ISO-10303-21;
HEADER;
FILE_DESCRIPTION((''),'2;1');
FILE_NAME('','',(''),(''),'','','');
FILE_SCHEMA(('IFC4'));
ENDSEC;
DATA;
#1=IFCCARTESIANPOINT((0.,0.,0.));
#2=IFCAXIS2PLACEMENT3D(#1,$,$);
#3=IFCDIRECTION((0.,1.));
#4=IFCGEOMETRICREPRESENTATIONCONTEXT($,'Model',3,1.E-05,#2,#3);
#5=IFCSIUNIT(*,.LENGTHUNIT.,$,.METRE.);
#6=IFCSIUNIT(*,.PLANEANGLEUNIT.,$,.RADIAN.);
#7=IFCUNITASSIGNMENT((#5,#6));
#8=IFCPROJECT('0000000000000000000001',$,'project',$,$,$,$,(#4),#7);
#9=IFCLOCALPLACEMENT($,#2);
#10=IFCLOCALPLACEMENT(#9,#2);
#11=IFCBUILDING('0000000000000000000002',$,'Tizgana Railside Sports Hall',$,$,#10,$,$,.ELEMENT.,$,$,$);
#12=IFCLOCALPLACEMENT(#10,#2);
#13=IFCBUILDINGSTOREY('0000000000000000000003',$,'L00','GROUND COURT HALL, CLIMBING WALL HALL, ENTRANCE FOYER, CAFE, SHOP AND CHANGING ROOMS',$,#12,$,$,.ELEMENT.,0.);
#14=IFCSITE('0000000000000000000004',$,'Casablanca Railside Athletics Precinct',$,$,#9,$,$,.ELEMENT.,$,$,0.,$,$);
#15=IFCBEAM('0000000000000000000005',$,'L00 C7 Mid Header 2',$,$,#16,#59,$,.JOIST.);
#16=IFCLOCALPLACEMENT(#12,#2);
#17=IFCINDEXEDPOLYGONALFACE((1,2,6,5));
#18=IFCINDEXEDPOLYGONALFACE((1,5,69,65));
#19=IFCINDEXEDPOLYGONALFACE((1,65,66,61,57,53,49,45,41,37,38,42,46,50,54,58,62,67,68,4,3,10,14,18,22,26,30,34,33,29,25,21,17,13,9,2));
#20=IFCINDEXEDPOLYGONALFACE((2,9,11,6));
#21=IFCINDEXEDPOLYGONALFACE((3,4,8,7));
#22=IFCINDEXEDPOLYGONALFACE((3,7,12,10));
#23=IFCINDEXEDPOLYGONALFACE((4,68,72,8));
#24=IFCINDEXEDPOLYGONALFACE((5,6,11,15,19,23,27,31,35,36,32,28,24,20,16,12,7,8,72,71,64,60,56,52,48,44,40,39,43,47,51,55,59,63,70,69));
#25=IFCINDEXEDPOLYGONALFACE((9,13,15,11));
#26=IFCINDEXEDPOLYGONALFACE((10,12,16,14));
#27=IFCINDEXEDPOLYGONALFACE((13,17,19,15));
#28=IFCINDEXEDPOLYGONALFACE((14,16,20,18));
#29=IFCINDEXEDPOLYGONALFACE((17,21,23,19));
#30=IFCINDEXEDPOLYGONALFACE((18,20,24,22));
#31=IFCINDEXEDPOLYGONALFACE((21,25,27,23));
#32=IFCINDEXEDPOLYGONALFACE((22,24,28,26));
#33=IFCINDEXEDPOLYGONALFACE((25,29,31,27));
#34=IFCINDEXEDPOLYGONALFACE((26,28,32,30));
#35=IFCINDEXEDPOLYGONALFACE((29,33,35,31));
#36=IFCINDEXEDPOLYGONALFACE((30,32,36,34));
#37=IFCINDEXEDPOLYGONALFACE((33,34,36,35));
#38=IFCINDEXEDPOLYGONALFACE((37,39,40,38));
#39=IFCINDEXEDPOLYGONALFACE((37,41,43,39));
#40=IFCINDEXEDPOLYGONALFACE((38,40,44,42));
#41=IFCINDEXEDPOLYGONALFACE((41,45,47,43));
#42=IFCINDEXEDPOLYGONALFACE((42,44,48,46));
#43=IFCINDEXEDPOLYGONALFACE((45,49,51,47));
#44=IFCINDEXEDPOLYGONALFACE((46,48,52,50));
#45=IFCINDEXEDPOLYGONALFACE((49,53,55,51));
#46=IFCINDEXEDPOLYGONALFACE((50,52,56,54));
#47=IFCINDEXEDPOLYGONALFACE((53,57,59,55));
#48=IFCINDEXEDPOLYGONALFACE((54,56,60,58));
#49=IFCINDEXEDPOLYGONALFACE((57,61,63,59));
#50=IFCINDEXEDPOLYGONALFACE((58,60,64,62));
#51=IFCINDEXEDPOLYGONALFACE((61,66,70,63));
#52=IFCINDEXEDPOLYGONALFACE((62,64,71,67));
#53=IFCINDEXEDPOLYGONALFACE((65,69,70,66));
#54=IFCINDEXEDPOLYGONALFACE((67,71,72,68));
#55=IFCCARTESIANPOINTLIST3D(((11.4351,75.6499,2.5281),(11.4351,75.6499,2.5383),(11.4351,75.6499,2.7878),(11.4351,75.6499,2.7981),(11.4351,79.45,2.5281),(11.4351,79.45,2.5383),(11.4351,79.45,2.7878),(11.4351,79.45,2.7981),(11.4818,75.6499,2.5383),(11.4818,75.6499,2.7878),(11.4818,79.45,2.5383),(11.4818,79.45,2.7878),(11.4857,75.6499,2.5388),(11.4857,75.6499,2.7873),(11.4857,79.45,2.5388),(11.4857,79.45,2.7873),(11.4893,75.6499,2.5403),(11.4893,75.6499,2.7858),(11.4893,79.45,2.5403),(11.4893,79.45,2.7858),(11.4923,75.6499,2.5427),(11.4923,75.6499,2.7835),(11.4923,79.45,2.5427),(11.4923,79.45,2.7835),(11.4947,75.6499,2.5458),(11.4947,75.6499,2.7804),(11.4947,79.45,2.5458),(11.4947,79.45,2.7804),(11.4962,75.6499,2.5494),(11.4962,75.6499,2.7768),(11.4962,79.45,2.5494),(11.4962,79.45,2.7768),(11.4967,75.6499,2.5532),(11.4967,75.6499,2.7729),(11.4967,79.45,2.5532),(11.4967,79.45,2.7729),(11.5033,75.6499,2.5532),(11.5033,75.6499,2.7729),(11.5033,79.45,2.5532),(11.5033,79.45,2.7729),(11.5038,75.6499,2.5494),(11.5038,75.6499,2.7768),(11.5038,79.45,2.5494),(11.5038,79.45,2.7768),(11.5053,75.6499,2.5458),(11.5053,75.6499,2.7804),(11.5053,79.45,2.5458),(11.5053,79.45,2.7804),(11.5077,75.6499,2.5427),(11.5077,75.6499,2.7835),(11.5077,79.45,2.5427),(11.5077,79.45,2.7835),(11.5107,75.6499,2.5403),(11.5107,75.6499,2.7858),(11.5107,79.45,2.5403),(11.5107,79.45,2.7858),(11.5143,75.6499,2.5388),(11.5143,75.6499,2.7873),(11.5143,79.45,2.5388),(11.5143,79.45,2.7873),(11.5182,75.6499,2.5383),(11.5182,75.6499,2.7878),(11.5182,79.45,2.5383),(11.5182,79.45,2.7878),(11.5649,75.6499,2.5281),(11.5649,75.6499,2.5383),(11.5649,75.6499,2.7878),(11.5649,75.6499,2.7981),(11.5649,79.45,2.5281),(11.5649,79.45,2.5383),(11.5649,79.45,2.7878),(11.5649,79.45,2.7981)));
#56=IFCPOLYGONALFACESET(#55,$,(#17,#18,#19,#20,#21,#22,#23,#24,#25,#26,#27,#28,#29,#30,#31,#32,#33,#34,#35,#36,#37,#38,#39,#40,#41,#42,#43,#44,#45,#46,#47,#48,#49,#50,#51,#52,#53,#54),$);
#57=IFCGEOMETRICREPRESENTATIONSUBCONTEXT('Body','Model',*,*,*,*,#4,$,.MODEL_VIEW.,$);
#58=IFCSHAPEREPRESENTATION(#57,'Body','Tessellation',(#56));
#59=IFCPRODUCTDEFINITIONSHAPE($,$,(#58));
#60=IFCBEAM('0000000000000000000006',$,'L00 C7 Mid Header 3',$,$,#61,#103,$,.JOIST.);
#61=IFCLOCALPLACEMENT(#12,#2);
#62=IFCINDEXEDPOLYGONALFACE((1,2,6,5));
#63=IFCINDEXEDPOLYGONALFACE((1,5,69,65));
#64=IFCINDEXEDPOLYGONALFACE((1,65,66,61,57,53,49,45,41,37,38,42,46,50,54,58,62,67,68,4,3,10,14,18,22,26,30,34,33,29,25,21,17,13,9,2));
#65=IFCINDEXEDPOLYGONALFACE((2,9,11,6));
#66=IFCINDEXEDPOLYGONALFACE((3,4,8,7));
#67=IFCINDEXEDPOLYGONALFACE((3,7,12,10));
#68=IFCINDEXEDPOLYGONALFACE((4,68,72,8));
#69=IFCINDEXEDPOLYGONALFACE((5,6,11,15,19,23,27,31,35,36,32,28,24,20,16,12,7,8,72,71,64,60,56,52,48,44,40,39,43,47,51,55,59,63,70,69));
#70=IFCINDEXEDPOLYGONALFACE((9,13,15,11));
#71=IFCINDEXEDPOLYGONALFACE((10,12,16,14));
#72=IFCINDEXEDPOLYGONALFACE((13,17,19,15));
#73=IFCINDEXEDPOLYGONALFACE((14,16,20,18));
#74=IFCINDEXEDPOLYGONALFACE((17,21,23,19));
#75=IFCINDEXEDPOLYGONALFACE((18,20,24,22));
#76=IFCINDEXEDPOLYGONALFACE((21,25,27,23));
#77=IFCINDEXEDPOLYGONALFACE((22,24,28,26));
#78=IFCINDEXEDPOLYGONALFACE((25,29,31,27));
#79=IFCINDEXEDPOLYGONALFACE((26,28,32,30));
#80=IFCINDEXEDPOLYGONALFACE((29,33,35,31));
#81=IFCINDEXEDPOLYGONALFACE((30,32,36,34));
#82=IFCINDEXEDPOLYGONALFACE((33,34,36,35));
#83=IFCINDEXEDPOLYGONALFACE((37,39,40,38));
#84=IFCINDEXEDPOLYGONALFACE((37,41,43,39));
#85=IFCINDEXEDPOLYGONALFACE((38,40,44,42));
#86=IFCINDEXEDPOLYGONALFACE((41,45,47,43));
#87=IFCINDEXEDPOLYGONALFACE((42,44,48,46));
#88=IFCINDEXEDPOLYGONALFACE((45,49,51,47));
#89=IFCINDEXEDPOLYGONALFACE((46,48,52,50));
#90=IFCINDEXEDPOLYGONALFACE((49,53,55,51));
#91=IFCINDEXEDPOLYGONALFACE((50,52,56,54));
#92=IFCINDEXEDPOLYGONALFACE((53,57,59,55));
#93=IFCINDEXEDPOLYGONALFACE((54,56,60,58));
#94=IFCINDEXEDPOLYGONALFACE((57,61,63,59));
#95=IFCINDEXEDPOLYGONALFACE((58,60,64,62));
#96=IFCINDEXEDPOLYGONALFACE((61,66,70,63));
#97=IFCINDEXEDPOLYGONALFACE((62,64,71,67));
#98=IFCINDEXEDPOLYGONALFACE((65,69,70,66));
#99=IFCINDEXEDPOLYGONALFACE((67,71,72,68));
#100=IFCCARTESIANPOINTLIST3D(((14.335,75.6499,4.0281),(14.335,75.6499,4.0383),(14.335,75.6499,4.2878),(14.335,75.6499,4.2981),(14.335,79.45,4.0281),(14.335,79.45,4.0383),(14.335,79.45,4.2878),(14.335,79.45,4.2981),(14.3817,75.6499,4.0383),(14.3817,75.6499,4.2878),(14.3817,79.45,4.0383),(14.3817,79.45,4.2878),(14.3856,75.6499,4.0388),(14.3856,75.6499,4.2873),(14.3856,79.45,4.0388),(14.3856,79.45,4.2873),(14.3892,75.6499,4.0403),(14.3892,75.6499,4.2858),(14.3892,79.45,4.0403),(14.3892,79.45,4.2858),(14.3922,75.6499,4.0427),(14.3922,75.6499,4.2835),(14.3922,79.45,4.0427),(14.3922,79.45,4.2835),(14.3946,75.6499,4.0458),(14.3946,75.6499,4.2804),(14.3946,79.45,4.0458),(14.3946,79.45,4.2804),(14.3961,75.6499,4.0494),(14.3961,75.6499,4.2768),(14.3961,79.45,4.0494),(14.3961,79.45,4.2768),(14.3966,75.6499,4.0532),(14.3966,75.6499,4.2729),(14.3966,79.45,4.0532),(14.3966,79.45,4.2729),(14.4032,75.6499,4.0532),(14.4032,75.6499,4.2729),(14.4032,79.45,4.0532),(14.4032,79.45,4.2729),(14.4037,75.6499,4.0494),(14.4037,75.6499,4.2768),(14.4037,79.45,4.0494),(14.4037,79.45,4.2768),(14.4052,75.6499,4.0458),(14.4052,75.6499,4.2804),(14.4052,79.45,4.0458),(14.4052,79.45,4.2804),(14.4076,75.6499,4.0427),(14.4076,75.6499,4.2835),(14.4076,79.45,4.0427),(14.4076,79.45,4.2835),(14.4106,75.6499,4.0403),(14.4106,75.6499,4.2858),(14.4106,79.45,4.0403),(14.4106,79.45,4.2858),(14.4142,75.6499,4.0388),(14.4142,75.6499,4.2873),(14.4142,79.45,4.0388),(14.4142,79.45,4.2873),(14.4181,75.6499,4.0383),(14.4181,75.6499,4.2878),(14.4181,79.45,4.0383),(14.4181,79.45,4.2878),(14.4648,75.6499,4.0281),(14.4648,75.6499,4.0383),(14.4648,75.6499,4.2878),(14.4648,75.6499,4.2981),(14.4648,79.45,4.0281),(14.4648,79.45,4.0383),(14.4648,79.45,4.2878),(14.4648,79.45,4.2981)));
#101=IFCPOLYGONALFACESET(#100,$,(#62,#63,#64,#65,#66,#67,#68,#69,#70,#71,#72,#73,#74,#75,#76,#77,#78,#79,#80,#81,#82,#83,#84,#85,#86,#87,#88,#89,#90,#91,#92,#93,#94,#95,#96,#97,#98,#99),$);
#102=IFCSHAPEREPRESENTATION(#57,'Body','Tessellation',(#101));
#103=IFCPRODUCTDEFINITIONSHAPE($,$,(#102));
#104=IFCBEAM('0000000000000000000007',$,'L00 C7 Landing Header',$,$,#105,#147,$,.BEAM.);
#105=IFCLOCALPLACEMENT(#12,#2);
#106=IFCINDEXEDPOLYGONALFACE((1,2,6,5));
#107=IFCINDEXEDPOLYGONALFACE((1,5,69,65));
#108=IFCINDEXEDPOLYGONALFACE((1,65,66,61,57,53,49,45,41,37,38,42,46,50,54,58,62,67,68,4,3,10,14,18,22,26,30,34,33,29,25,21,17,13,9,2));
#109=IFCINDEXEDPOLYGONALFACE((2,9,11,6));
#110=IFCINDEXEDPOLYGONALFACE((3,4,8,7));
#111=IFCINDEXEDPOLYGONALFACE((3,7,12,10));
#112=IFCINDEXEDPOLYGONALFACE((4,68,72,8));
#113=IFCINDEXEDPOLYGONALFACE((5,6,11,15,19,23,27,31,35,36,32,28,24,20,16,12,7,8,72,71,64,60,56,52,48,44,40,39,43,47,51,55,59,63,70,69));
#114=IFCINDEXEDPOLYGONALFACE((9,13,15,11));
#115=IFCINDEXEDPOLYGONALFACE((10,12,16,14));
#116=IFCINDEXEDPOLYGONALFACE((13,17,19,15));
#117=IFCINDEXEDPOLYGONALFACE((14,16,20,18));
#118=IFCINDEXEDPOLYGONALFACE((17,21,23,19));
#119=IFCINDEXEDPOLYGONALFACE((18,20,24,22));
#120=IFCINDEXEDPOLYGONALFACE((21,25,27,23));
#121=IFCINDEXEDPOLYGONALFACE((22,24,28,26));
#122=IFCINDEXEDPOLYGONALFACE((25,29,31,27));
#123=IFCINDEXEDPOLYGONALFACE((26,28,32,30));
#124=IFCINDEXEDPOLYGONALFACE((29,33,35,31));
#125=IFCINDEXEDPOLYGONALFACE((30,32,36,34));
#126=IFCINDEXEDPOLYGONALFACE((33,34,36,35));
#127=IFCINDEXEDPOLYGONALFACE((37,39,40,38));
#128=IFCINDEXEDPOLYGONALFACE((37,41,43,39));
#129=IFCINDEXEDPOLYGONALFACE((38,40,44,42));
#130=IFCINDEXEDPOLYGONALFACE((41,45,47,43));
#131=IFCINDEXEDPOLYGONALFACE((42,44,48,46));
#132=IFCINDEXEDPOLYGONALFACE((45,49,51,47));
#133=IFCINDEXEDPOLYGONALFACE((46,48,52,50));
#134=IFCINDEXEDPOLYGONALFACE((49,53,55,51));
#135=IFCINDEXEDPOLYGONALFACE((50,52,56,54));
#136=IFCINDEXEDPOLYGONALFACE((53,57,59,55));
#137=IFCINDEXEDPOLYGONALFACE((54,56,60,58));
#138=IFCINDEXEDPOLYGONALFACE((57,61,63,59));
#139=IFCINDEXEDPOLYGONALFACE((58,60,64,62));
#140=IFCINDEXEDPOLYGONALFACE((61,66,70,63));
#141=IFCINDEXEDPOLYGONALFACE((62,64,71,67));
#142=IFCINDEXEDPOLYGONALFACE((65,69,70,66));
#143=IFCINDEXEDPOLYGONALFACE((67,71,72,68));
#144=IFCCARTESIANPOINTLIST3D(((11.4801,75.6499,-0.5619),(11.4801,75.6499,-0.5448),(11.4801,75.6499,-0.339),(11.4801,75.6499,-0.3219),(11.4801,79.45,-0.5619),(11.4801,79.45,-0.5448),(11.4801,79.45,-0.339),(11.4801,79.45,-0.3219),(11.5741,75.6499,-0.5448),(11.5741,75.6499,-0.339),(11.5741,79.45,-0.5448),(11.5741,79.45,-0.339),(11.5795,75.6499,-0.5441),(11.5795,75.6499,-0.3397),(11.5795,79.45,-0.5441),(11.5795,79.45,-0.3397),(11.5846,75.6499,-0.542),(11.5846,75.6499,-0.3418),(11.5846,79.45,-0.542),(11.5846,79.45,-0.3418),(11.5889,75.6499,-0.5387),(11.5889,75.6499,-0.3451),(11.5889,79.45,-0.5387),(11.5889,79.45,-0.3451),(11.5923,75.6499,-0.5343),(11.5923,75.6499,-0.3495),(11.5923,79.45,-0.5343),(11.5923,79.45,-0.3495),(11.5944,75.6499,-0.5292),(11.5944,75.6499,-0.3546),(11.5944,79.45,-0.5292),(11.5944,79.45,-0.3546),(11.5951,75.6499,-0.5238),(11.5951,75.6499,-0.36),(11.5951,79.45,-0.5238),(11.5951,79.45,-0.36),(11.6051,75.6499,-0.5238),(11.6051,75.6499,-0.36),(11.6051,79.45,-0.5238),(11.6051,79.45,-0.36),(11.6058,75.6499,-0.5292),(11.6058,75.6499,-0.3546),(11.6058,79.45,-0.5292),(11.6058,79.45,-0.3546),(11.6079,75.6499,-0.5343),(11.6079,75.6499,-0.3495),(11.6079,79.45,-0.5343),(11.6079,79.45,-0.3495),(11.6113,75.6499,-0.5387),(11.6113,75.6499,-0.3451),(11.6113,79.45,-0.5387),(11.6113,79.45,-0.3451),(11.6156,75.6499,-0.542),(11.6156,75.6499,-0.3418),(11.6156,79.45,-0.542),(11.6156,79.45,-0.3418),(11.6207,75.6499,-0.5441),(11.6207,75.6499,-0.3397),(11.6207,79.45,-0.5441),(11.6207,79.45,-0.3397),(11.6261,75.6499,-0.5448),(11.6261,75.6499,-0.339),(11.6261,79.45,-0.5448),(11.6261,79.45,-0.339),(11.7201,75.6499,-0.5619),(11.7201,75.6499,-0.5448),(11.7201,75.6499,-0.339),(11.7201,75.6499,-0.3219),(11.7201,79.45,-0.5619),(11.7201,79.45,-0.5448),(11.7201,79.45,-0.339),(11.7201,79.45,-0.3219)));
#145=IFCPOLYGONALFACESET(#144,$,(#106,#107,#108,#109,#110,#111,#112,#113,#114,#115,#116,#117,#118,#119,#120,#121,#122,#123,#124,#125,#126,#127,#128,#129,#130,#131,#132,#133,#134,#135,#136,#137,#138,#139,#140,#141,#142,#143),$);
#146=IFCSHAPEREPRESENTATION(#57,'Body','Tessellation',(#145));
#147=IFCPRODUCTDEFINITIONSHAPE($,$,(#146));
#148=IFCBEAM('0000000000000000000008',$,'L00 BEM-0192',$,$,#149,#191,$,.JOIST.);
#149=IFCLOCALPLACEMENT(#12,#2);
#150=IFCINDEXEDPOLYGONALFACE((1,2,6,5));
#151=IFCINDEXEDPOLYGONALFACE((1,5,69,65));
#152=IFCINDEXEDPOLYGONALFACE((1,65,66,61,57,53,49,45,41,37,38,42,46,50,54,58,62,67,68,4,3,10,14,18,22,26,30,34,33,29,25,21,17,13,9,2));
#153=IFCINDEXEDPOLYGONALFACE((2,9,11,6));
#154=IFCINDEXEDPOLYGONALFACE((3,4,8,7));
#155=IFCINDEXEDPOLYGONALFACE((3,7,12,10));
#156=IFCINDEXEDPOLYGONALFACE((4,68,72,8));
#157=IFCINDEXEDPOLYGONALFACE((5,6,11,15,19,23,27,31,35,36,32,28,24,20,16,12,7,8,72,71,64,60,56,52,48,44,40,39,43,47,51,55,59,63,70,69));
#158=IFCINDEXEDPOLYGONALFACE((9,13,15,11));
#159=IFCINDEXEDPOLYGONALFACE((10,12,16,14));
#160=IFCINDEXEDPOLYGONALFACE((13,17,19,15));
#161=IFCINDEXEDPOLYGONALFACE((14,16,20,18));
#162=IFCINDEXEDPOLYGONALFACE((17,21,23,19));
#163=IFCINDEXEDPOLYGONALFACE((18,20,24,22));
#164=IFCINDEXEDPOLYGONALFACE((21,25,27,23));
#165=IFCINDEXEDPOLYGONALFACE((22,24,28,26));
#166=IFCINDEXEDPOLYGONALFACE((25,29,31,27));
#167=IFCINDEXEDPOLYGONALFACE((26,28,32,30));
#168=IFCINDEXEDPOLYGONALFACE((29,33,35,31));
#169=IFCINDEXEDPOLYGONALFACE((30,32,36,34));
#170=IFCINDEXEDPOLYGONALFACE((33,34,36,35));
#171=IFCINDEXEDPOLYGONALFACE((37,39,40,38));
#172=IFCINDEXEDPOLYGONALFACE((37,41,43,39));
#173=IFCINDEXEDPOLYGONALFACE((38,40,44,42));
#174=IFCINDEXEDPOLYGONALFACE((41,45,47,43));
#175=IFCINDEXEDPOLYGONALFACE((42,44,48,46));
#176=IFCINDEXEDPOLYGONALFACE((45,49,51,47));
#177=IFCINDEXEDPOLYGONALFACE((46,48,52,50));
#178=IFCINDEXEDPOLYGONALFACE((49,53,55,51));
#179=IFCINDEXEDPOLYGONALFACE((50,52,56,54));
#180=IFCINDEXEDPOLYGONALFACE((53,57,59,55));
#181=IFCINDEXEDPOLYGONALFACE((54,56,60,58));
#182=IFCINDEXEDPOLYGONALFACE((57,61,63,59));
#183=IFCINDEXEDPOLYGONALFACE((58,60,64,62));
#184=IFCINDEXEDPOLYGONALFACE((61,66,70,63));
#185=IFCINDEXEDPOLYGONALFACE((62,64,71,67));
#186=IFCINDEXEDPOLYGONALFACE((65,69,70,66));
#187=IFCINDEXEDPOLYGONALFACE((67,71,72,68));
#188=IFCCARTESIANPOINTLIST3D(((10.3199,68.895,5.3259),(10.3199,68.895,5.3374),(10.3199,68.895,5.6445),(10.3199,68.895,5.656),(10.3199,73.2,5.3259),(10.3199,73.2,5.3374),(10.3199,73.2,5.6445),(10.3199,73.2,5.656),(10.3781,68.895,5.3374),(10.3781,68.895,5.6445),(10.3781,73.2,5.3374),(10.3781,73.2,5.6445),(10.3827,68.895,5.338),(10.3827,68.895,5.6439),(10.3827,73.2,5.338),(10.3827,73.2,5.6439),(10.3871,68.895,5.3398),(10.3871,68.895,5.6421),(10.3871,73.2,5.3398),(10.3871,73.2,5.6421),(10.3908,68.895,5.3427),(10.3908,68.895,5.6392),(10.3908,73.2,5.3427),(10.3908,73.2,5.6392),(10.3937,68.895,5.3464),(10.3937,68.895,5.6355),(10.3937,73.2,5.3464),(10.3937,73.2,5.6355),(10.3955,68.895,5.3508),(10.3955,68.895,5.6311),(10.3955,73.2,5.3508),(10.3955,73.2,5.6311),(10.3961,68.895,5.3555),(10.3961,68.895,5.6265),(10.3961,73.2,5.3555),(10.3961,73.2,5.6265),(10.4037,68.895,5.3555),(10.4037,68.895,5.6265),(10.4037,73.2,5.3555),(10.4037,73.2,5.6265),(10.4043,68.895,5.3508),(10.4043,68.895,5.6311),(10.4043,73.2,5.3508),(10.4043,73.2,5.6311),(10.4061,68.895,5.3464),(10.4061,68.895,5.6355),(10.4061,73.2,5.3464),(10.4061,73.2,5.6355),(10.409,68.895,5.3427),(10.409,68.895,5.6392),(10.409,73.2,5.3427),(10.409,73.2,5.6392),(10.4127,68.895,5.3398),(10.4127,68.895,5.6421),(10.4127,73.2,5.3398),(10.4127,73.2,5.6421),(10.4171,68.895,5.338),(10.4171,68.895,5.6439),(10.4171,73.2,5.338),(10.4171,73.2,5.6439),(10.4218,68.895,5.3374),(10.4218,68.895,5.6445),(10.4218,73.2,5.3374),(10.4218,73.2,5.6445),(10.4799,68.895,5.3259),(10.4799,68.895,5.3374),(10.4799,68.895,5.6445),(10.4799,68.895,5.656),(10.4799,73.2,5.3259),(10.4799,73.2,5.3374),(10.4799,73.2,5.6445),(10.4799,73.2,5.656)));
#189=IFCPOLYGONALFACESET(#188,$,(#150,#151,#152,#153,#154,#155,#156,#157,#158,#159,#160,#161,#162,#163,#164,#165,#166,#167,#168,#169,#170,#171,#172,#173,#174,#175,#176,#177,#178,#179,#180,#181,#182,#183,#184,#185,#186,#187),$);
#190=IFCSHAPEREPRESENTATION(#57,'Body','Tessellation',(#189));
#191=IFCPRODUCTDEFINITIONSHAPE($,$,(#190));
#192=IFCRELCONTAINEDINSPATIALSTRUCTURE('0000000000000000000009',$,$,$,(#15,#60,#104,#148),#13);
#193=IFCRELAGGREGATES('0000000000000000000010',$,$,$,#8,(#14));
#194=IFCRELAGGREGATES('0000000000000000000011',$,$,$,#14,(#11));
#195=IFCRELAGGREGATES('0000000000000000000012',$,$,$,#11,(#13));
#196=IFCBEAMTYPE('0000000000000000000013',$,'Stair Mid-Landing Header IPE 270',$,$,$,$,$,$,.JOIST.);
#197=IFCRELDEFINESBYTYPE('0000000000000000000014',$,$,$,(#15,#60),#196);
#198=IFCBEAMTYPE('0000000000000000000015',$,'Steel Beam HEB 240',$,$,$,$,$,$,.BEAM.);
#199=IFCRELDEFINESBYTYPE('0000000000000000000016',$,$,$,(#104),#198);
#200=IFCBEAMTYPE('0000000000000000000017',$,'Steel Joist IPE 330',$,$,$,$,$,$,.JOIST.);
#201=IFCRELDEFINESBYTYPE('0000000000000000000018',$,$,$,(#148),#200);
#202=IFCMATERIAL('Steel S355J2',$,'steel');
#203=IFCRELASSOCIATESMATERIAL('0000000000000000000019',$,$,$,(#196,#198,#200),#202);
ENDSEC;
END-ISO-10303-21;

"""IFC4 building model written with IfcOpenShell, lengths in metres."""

from ifc_helpers import new_model, si_unit, direction, frame, origin, origin_2d, place, context, subcontext, project, spatial, i_section, extrude, material, material_profile, profile_set, type_object, element, save


model = new_model("IFC4")

# Units and contexts
model_context = context("Model", 3, precision=1e-05, world=origin(), true_north=direction((0.0, 1.0)))
body_context = subcontext(model_context, "Body", "Model", "MODEL_VIEW")
ifc_project = project(units=[si_unit("LENGTHUNIT", "METRE"), si_unit("PLANEANGLEUNIT", "RADIAN")], contexts=[model_context])

# Site, building, storey
site_placement = place(None, origin())
site = spatial("IfcSite", under=ifc_project, at=site_placement, Name="Casablanca Railside Athletics Precinct", CompositionType="ELEMENT", RefElevation=0.0)
building_placement = place(site_placement, origin())
building = spatial("IfcBuilding", under=site, at=building_placement, Name="Tizgana Railside Sports Hall", CompositionType="ELEMENT")
storey_placement = place(building_placement, origin())
storey = spatial("IfcBuildingStorey", under=building, at=storey_placement, Name="L00", Description="GROUND COURT HALL, CLIMBING WALL HALL, ENTRANCE FOYER, CAFE, SHOP AND CHANGING ROOMS", CompositionType="ELEMENT", Elevation=0.0)

# Shared definitions
ifc_material_1 = material(Name="Steel S355J2", Category="steel")

# Beams
ifc_material_profile_1 = material_profile(ifc_material_1, i_section(OverallWidth=0.1299, OverallDepth=0.27, WebThickness=0.0066, FlangeThickness=0.0103, FilletRadius=0.0149, at=origin_2d()), Name="IPE 270")
ifc_profile_set_1 = profile_set([ifc_material_profile_1], Name="Steel S355J2")
beam_type_1 = type_object("IfcBeamType", Name="Stair Mid-Landing Header IPE 270", PredefinedType="JOIST", material=ifc_profile_set_1)
for number, where, z_axis, x_axis, name in (
    (1, (11.5, 75.6499, 2.6631), (0.0, 1.0, 0.0), (-1.0, 0.0, 0.0), "L00 C7 Mid Header 2"),
    (2, (14.3999, 75.6499, 4.1631), (0.0, 1.0, 0.0), (-1.0, 0.0, 0.0), "L00 C7 Mid Header 3"),
):
    element("IfcBeam", number, at=place(storey_placement, frame(where, z_axis=z_axis, x_axis=x_axis)), inside=storey, type_object=beam_type_1, Name=name, PredefinedType="JOIST", context=body_context, shape_type="SweptSolid", body=[
        extrude(i_section(OverallWidth=0.1299, OverallDepth=0.27, WebThickness=0.0066, FlangeThickness=0.0103, FilletRadius=0.0149, at=origin_2d()), origin(), (0.0, 0.0, 1.0), 3.8),
    ])
ifc_material_profile_2 = material_profile(ifc_material_1, i_section(OverallWidth=0.24, OverallDepth=0.24, WebThickness=0.01, FlangeThickness=0.0171, FilletRadius=0.021, at=origin_2d()), Name="HEB 240")
ifc_profile_set_2 = profile_set([ifc_material_profile_2], Name="Steel S355J2")
beam_type_2 = type_object("IfcBeamType", Name="Steel Beam HEB 240", PredefinedType="BEAM", material=ifc_profile_set_2)
beam_1_placement = place(storey_placement, frame((11.6001, 75.6499, -0.4419), z_axis=(0.0, 1.0, 0.0), x_axis=(-1.0, 0.0, 0.0)))
element("IfcBeam", 3, at=beam_1_placement, inside=storey, type_object=beam_type_2, Name="L00 C7 Landing Header", PredefinedType="BEAM", context=body_context, shape_type="SweptSolid", body=[
    extrude(i_section(OverallWidth=0.24, OverallDepth=0.24, WebThickness=0.01, FlangeThickness=0.0171, FilletRadius=0.021, at=origin_2d()), origin(), (0.0, 0.0, 1.0), 3.8),
])
ifc_material_profile_3 = material_profile(ifc_material_1, i_section(OverallWidth=0.1599, OverallDepth=0.3301, WebThickness=0.0076, FlangeThickness=0.0115, FilletRadius=0.0181, at=origin_2d()), Name="IPE 330")
ifc_profile_set_3 = profile_set([ifc_material_profile_3], Name="Steel S355J2")
beam_type_3 = type_object("IfcBeamType", Name="Steel Joist IPE 330", PredefinedType="JOIST", material=ifc_profile_set_3)
for number, where, z_axis, x_axis, name in (
    (4, (10.3999, 68.895, 5.491), (0.0, 1.0, 0.0), (-1.0, 0.0, 0.0), "L00 BEM-0192"),
):
    element("IfcBeam", number, at=place(storey_placement, frame(where, z_axis=z_axis, x_axis=x_axis)), inside=storey, type_object=beam_type_3, Name=name, PredefinedType="JOIST", context=body_context, shape_type="SweptSolid", body=[
        extrude(i_section(OverallWidth=0.1599, OverallDepth=0.3301, WebThickness=0.0076, FlangeThickness=0.0115, FilletRadius=0.0181, at=origin_2d()), origin(), (0.0, 0.0, 1.0), 4.3049),
    ])

save(model, "model.ifc")
